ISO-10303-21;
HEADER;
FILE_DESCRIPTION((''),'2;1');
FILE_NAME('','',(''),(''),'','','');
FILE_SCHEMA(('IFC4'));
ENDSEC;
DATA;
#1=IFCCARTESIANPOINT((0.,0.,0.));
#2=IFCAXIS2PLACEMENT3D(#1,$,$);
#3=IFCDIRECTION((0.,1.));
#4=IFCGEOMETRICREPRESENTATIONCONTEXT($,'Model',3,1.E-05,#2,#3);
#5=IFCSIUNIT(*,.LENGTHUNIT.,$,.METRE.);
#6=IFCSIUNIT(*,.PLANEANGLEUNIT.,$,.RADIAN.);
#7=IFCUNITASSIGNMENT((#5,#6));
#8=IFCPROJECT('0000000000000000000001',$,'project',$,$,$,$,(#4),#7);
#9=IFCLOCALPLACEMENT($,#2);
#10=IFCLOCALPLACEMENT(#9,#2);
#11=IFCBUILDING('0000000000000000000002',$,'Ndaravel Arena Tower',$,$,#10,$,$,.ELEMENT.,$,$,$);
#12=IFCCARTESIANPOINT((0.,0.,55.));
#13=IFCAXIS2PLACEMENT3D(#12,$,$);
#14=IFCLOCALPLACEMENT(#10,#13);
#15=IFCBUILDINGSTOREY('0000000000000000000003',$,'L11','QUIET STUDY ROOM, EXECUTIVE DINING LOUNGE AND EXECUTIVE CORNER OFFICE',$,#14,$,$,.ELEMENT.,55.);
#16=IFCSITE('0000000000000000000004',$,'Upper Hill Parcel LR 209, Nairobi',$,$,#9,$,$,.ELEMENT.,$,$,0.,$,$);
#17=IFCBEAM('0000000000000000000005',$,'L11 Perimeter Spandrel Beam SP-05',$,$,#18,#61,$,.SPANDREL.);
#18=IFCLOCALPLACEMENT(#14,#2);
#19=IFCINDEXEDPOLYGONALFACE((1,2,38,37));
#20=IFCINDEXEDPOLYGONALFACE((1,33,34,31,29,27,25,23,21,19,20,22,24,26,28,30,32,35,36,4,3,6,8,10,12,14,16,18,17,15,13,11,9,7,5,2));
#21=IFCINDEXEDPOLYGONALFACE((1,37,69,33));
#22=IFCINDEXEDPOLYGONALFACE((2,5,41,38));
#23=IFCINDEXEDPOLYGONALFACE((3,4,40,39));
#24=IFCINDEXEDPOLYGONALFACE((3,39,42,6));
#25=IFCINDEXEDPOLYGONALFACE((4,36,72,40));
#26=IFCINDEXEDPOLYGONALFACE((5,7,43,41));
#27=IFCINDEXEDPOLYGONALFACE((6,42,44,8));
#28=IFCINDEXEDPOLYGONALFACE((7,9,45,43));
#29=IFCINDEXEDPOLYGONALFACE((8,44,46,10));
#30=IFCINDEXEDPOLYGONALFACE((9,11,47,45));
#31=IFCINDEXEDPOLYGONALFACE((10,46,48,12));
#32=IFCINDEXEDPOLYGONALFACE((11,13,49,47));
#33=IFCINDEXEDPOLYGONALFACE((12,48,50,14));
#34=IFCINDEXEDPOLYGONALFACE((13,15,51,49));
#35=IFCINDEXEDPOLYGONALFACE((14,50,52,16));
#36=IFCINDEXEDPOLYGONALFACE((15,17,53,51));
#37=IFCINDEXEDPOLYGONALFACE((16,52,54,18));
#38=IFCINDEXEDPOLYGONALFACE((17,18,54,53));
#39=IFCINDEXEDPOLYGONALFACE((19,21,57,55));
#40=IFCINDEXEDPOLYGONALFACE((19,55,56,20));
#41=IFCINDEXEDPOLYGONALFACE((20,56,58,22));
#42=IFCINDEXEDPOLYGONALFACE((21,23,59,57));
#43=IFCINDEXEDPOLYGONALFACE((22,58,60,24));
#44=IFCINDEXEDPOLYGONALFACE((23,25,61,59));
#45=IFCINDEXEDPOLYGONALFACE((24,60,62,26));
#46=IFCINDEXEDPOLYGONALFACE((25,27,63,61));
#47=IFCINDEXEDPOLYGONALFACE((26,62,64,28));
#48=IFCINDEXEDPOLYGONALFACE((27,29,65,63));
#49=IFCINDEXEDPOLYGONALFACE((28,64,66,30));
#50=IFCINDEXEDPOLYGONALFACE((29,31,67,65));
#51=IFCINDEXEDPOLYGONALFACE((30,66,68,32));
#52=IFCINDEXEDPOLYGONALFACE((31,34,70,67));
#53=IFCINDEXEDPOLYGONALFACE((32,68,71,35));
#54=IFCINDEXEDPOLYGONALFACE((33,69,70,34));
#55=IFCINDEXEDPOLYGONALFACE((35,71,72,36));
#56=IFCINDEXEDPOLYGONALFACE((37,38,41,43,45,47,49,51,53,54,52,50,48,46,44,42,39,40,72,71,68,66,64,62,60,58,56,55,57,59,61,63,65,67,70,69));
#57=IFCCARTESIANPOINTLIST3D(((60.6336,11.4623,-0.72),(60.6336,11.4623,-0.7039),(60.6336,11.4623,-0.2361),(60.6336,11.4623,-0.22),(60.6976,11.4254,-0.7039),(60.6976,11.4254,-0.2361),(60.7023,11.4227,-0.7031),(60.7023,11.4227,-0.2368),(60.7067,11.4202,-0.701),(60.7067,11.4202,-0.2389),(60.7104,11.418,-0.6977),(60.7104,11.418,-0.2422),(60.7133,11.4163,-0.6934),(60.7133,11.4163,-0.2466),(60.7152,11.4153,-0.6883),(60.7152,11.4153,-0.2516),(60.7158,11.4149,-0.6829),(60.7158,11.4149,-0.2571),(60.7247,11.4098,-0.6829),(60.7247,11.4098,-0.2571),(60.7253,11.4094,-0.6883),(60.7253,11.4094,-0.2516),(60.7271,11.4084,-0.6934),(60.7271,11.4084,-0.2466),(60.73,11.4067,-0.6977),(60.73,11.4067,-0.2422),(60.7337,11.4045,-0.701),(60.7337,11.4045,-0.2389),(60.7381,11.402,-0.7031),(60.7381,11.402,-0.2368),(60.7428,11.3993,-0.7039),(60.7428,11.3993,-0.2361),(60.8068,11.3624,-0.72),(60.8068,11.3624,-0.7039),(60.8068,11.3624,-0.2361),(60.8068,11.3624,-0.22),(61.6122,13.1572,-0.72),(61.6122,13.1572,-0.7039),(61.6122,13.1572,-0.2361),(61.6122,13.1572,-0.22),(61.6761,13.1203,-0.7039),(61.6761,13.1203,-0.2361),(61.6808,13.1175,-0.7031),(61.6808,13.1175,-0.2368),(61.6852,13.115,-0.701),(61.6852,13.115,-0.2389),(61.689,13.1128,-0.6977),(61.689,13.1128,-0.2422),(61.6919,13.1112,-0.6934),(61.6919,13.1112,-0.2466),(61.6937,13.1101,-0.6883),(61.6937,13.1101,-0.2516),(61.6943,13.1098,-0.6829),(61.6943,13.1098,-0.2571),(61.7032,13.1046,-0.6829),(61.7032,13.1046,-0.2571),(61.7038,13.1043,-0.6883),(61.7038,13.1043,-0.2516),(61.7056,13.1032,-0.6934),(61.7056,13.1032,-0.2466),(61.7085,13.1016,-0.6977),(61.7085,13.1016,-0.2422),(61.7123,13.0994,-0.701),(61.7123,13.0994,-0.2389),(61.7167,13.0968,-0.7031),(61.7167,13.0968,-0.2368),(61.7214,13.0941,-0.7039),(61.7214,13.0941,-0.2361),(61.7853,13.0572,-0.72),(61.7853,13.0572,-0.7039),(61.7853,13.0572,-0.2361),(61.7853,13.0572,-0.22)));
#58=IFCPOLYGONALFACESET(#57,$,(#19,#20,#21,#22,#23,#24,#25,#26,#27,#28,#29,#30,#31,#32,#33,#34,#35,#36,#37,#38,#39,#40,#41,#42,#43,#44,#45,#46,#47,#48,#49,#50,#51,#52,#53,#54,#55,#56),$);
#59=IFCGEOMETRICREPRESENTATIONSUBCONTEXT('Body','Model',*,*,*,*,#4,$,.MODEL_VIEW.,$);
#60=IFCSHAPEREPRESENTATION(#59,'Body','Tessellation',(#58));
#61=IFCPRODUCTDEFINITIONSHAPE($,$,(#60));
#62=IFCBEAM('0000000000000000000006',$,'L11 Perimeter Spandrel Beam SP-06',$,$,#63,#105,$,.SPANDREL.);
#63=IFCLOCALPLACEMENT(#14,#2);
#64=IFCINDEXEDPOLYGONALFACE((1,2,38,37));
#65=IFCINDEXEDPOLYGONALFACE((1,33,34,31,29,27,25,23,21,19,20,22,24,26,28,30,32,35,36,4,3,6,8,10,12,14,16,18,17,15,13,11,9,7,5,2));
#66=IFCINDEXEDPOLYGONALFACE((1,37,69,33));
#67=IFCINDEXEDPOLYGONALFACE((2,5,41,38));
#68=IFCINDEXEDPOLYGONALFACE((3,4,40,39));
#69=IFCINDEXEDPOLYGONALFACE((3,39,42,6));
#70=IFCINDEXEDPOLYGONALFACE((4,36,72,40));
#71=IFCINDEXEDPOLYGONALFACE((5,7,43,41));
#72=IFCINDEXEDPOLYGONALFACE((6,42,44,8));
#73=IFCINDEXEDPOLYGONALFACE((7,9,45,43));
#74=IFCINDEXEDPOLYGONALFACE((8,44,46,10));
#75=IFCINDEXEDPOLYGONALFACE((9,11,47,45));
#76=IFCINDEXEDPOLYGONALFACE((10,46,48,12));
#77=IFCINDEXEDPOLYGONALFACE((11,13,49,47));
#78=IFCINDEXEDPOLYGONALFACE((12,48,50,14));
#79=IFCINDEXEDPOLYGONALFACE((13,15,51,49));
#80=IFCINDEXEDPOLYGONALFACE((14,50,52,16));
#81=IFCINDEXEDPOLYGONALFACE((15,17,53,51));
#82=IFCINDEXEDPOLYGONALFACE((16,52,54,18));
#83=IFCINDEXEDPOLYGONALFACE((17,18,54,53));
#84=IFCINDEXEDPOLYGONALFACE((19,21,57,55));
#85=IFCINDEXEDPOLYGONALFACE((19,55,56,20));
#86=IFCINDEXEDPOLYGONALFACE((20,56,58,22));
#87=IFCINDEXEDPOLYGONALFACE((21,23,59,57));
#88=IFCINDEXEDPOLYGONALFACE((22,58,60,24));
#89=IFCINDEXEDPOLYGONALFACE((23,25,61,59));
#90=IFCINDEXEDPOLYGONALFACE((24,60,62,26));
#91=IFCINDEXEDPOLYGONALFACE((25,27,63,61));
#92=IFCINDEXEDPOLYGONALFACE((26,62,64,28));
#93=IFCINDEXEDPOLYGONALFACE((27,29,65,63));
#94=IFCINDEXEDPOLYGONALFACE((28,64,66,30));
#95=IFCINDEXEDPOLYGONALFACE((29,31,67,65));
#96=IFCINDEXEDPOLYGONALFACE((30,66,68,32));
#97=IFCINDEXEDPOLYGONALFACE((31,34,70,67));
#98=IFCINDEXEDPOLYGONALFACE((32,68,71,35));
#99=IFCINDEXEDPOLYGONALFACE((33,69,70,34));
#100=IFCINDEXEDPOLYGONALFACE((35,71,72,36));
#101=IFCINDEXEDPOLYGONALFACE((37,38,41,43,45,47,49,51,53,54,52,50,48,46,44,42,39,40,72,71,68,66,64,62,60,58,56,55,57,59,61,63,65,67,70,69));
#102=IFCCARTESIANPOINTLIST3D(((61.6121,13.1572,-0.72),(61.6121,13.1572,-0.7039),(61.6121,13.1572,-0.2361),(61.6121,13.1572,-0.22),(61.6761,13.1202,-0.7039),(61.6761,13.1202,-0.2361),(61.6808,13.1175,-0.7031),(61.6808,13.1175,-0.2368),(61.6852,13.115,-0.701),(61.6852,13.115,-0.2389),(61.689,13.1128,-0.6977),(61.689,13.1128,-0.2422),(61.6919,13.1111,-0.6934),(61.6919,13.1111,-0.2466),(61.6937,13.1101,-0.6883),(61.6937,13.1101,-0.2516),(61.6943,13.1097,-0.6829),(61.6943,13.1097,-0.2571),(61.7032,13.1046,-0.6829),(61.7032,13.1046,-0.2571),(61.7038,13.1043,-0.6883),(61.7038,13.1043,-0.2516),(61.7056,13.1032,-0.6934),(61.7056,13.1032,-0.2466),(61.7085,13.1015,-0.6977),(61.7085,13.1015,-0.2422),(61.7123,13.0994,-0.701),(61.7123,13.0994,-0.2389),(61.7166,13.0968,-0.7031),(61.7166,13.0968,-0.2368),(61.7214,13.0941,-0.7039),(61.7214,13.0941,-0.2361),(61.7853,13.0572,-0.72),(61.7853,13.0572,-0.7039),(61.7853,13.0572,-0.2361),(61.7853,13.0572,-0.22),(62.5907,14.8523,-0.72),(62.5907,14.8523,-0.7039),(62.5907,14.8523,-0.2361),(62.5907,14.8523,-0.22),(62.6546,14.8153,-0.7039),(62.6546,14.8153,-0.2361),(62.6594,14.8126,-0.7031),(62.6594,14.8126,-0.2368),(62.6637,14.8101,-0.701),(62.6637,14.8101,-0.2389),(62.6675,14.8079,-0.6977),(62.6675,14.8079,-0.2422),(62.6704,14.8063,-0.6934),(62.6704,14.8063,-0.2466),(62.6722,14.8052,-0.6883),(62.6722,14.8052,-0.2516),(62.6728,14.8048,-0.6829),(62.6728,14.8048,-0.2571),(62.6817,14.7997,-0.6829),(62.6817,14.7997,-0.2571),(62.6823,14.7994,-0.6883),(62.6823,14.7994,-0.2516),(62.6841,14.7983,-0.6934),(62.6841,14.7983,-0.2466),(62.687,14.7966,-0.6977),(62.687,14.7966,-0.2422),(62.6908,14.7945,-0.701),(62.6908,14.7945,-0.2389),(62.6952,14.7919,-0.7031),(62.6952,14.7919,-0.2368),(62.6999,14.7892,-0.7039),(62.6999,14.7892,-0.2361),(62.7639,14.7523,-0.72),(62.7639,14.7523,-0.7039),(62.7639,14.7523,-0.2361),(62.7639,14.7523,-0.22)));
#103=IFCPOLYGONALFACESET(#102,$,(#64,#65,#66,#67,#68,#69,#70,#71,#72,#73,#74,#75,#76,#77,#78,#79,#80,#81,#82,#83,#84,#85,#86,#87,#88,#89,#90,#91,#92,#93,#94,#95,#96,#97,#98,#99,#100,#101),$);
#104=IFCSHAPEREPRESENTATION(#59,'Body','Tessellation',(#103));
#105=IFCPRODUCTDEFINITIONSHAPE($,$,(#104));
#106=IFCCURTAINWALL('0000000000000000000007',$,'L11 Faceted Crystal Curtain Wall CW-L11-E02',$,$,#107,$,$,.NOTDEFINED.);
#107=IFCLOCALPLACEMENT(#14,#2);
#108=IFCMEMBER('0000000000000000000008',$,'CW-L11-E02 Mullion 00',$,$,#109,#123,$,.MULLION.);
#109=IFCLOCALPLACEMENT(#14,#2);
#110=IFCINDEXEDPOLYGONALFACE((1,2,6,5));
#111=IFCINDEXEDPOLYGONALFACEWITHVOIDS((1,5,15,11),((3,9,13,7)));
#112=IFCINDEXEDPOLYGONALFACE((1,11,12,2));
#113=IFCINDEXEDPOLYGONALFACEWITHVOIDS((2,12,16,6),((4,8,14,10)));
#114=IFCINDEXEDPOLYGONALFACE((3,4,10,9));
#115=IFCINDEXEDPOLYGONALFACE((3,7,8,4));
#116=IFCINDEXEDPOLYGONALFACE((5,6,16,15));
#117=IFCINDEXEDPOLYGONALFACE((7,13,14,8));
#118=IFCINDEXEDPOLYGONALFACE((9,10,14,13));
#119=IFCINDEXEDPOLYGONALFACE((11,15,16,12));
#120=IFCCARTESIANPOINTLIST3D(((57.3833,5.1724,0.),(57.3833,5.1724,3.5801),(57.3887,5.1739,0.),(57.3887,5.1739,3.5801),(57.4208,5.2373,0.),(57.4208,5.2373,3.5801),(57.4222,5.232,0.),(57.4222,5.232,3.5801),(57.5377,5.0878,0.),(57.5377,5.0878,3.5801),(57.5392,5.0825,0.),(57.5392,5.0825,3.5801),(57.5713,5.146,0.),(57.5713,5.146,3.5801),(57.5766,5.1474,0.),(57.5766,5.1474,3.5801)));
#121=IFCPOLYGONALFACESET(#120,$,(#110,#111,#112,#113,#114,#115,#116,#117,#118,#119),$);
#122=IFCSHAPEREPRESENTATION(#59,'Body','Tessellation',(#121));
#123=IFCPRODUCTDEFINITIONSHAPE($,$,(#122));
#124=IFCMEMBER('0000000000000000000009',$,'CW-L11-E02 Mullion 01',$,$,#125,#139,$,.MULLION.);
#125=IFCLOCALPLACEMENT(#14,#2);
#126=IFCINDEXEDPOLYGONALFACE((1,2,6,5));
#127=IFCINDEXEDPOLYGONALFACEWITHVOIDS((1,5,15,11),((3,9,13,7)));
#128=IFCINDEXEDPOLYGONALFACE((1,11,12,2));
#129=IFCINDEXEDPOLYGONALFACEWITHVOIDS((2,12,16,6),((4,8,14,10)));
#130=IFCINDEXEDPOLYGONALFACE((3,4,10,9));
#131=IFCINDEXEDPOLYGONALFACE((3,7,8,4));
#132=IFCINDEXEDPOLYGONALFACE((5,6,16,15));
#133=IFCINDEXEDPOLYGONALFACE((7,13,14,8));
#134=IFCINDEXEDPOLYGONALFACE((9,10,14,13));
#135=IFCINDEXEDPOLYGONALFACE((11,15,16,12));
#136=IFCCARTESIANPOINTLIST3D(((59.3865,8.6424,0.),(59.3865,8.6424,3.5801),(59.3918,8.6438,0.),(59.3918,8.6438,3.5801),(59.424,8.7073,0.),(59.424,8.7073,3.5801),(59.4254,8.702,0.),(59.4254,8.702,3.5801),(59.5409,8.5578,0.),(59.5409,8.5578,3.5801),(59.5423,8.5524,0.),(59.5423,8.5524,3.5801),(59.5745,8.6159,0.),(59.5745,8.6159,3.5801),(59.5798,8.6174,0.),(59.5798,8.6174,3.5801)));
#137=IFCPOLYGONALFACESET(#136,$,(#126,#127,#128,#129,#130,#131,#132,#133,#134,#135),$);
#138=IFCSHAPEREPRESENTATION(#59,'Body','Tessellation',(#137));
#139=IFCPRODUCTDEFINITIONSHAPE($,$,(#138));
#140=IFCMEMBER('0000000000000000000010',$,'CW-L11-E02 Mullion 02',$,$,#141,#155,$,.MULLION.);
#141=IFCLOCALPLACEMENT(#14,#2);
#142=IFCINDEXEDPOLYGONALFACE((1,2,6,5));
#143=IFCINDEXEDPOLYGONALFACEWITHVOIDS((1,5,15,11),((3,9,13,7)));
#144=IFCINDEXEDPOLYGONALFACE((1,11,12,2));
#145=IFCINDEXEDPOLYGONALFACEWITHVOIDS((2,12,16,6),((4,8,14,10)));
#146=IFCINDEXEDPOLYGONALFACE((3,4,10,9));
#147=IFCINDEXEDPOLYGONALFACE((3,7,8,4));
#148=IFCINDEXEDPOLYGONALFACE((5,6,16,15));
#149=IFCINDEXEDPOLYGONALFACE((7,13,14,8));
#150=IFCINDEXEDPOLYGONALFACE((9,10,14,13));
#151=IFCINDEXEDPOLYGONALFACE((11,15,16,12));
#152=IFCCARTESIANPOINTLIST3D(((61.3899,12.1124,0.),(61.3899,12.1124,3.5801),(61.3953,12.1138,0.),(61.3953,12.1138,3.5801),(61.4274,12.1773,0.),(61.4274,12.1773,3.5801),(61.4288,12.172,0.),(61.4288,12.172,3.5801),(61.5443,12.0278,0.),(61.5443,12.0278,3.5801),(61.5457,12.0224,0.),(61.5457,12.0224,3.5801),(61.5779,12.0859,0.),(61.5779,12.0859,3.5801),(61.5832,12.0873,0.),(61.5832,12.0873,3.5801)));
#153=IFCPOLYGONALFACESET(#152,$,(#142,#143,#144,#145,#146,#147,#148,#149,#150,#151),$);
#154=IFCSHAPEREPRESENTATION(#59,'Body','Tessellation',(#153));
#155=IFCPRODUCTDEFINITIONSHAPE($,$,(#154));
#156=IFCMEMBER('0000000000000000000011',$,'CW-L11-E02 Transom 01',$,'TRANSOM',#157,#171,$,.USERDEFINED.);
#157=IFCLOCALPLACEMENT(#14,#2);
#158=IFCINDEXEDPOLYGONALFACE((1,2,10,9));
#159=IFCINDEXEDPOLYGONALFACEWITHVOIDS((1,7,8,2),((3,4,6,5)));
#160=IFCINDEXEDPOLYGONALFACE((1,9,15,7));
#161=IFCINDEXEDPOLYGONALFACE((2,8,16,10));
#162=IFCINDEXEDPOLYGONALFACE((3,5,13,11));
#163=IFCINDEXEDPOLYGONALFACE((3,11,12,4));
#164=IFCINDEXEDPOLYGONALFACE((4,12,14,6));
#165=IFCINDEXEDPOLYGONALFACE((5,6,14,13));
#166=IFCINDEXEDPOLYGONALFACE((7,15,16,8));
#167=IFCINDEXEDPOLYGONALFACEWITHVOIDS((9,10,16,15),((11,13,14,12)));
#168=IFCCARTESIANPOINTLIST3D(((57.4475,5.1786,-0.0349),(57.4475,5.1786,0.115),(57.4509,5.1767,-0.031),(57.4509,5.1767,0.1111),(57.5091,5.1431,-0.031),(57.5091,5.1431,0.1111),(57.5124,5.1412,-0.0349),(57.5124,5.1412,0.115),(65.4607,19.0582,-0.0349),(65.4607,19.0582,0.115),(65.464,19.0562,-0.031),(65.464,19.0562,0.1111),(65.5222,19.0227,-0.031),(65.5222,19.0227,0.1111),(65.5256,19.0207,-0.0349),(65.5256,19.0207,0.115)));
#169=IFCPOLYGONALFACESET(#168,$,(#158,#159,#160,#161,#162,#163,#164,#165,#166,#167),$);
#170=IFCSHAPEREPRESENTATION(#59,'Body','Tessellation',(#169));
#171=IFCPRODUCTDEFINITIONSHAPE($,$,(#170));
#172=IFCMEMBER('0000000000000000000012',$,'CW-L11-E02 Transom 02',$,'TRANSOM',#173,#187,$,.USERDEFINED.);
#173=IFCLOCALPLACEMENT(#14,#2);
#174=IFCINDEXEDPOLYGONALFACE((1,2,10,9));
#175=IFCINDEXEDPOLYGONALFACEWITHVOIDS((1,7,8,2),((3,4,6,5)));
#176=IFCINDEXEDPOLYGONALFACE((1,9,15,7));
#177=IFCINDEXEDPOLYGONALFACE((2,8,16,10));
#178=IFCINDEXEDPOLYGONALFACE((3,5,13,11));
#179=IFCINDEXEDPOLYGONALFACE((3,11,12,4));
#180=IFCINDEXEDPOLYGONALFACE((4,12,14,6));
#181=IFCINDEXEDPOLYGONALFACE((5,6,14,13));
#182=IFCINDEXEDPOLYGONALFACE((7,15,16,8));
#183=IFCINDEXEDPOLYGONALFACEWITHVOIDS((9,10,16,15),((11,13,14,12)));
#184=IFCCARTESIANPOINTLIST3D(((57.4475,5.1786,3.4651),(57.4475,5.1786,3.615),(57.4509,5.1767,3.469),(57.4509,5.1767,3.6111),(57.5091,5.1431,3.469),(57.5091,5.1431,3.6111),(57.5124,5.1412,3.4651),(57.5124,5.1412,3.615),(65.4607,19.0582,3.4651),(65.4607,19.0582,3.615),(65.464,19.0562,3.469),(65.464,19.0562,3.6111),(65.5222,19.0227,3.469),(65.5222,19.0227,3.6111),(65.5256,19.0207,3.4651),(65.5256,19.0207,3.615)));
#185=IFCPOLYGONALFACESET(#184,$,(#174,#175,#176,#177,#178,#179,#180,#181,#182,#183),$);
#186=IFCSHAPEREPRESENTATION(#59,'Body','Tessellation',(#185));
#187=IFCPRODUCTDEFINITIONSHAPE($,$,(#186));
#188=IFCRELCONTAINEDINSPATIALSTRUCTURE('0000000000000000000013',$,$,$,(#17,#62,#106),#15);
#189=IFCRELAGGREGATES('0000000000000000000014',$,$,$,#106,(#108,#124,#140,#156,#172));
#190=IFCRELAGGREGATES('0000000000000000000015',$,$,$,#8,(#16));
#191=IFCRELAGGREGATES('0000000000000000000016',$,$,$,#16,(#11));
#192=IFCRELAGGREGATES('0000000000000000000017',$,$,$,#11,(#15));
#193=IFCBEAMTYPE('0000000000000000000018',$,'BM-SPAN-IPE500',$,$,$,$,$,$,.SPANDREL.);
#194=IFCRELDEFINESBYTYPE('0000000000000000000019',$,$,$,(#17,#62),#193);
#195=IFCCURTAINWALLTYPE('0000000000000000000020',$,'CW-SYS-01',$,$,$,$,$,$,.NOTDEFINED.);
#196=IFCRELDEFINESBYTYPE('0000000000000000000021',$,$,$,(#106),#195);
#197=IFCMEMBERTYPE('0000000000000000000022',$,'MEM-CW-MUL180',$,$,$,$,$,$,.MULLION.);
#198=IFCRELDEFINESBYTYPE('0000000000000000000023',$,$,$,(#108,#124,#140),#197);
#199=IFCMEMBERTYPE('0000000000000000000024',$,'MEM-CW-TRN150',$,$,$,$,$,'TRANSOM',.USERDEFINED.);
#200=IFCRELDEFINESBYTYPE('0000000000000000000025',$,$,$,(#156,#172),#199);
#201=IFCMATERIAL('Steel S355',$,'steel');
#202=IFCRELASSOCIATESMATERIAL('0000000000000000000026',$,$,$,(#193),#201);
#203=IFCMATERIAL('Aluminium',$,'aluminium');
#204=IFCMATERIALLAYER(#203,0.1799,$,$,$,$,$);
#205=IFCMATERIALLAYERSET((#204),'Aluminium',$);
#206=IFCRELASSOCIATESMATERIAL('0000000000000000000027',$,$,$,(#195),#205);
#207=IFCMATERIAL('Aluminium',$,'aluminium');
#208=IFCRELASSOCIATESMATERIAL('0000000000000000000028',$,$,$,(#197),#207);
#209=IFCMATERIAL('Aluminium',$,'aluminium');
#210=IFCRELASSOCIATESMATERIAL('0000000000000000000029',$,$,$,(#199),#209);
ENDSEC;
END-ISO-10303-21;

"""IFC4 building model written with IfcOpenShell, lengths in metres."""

from ifc_helpers import new_model, si_unit, direction, frame, origin, origin_2d, place, context, subcontext, project, spatial, hollow_rectangle, i_section, extrude, material, layer, layer_set, material_profile, profile_set, type_object, element, aggregate, save


model = new_model("IFC4")

# Units and contexts
model_context = context("Model", 3, precision=1e-05, world=origin(), true_north=direction((0.0, 1.0)))
body_context = subcontext(model_context, "Body", "Model", "MODEL_VIEW")
ifc_project = project(units=[si_unit("LENGTHUNIT", "METRE"), si_unit("PLANEANGLEUNIT", "RADIAN")], contexts=[model_context])

# Site, building, storey
site_placement = place(None, origin())
site = spatial("IfcSite", under=ifc_project, at=site_placement, Name="Upper Hill Parcel LR 209, Nairobi", CompositionType="ELEMENT", RefElevation=0.0)
building_placement = place(site_placement, origin())
building = spatial("IfcBuilding", under=site, at=building_placement, Name="Ndaravel Arena Tower", CompositionType="ELEMENT")
storey_placement = place(building_placement, frame((0.0, 0.0, 55.0)))
storey = spatial("IfcBuildingStorey", under=building, at=storey_placement, Name="L11", Description="QUIET STUDY ROOM, EXECUTIVE DINING LOUNGE AND EXECUTIVE CORNER OFFICE", CompositionType="ELEMENT", Elevation=55.0)

# Beams
ifc_material_1 = material(Name="Steel S355", Category="steel")
ifc_material_profile_1 = material_profile(ifc_material_1, i_section(OverallWidth=0.2, OverallDepth=0.5, WebThickness=0.0103, FlangeThickness=0.0161, FilletRadius=0.021, at=origin_2d()), Name="IPE 500")
ifc_profile_set_1 = profile_set([ifc_material_profile_1], Name="Steel S355")
beam_type = type_object("IfcBeamType", Name="BM-SPAN-IPE500", PredefinedType="SPANDREL", material=ifc_profile_set_1)
beam_1_placement = place(storey_placement, frame((60.7202, 11.4124, -0.47), z_axis=(0.500003, 0.866024, 0.0), x_axis=(-0.866024, 0.500003, 0.0)))
element("IfcBeam", 1, at=beam_1_placement, inside=storey, type_object=beam_type, Name="L11 Perimeter Spandrel Beam SP-05", PredefinedType="SPANDREL", context=body_context, shape_type="SweptSolid", body=[
    extrude(i_section(OverallWidth=0.2, OverallDepth=0.5, WebThickness=0.0103, FlangeThickness=0.0161, FilletRadius=0.021, at=origin_2d()), origin(), (0.0, 0.0, 1.0), 1.957),
])
beam_2_placement = place(storey_placement, frame((61.6987, 13.1072, -0.47), z_axis=(0.499949, 0.866055, 0.0), x_axis=(-0.866055, 0.499949, 0.0)))
element("IfcBeam", 2, at=beam_2_placement, inside=storey, type_object=beam_type, Name="L11 Perimeter Spandrel Beam SP-06", PredefinedType="SPANDREL", context=body_context, shape_type="SweptSolid", body=[
    extrude(i_section(OverallWidth=0.2, OverallDepth=0.5, WebThickness=0.0103, FlangeThickness=0.0161, FilletRadius=0.021, at=origin_2d()), origin(), (0.0, 0.0, 1.0), 1.9573),
])

# Curtain wall, members
ifc_material_2 = material(Name="Aluminium", Category="aluminium")
ifc_layer_1 = layer(ifc_material_2, 0.1799)
ifc_layer_set_1 = layer_set([ifc_layer_1], Name="Aluminium")
curtain_wall_type = type_object("IfcCurtainWallType", Name="CW-SYS-01", PredefinedType="NOTDEFINED", material=ifc_layer_set_1)
curtain_wall_placement = place(storey_placement, origin())
curtain_wall = element("IfcCurtainWall", 3, at=curtain_wall_placement, inside=storey, type_object=curtain_wall_type, Name="L11 Faceted Crystal Curtain Wall CW-L11-E02", PredefinedType="NOTDEFINED")
ifc_material_3 = material(Name="Aluminium", Category="aluminium")
ifc_material_profile_2 = material_profile(ifc_material_3, hollow_rectangle(XDim=0.075, YDim=0.1799, WallThickness=0.0039, at=origin_2d()), Name="CW MULLION 75x180x4")
ifc_profile_set_2 = profile_set([ifc_material_profile_2], Name="Aluminium")
member_type_1 = type_object("IfcMemberType", Name="MEM-CW-MUL180", PredefinedType="MULLION", material=ifc_profile_set_2)
member_1_placement = place(storey_placement, frame((57.48, 5.1599, 0.0), z_axis=(0.0, 0.0, 1.0), x_axis=(0.5, 0.866025, 0.0)))
member_1 = element("IfcMember", 4, at=member_1_placement, type_object=member_type_1, Name="CW-L11-E02 Mullion 00", PredefinedType="MULLION", context=body_context, shape_type="SweptSolid", body=[
    extrude(hollow_rectangle(XDim=0.075, YDim=0.1799, WallThickness=0.0039, at=origin_2d()), origin(), (0.0, 0.0, 1.0), 3.5801),
])
member_2_placement = place(storey_placement, frame((59.4832, 8.6299, 0.0), z_axis=(0.0, 0.0, 1.0), x_axis=(0.5, 0.866025, 0.0)))
member_2 = element("IfcMember", 5, at=member_2_placement, type_object=member_type_1, Name="CW-L11-E02 Mullion 01", PredefinedType="MULLION", context=body_context, shape_type="SweptSolid", body=[
    extrude(hollow_rectangle(XDim=0.075, YDim=0.1799, WallThickness=0.0039, at=origin_2d()), origin(), (0.0, 0.0, 1.0), 3.5801),
])
member_3_placement = place(storey_placement, frame((61.4866, 12.0999, 0.0), z_axis=(0.0, 0.0, 1.0), x_axis=(0.5, 0.866025, 0.0)))
member_3 = element("IfcMember", 6, at=member_3_placement, type_object=member_type_1, Name="CW-L11-E02 Mullion 02", PredefinedType="MULLION", context=body_context, shape_type="SweptSolid", body=[
    extrude(hollow_rectangle(XDim=0.075, YDim=0.1799, WallThickness=0.0039, at=origin_2d()), origin(), (0.0, 0.0, 1.0), 3.5801),
])
ifc_material_4 = material(Name="Aluminium", Category="aluminium")
ifc_material_profile_3 = material_profile(ifc_material_4, hollow_rectangle(XDim=0.075, YDim=0.1499, WallThickness=0.0039, at=origin_2d()), Name="CW TRANSOM 75x150x4")
ifc_profile_set_3 = profile_set([ifc_material_profile_3], Name="Aluminium")
member_type_2 = type_object("IfcMemberType", Name="MEM-CW-TRN150", ElementType="TRANSOM", PredefinedType="USERDEFINED", material=ifc_profile_set_3)
member_4_placement = place(storey_placement, frame((57.48, 5.1599, 0.04), z_axis=(0.499989, 0.866032, 0.0), x_axis=(-0.866032, 0.499989, 0.0)))
member_4 = element("IfcMember", 7, at=member_4_placement, type_object=member_type_2, Name="CW-L11-E02 Transom 01", ObjectType="TRANSOM", PredefinedType="USERDEFINED", context=body_context, shape_type="SweptSolid", body=[
    extrude(hollow_rectangle(XDim=0.075, YDim=0.1499, WallThickness=0.0039, at=origin_2d()), origin(), (0.0, 0.0, 1.0), 16.0266),
])
member_5_placement = place(storey_placement, frame((57.48, 5.1599, 3.54), z_axis=(0.499989, 0.866032, 0.0), x_axis=(-0.866032, 0.499989, 0.0)))
member_5 = element("IfcMember", 8, at=member_5_placement, type_object=member_type_2, Name="CW-L11-E02 Transom 02", ObjectType="TRANSOM", PredefinedType="USERDEFINED", context=body_context, shape_type="SweptSolid", body=[
    extrude(hollow_rectangle(XDim=0.075, YDim=0.1499, WallThickness=0.0039, at=origin_2d()), origin(), (0.0, 0.0, 1.0), 16.0266),
])
aggregate(curtain_wall, [member_1, member_2, member_3, member_4, member_5])

save(model, "model.ifc")
